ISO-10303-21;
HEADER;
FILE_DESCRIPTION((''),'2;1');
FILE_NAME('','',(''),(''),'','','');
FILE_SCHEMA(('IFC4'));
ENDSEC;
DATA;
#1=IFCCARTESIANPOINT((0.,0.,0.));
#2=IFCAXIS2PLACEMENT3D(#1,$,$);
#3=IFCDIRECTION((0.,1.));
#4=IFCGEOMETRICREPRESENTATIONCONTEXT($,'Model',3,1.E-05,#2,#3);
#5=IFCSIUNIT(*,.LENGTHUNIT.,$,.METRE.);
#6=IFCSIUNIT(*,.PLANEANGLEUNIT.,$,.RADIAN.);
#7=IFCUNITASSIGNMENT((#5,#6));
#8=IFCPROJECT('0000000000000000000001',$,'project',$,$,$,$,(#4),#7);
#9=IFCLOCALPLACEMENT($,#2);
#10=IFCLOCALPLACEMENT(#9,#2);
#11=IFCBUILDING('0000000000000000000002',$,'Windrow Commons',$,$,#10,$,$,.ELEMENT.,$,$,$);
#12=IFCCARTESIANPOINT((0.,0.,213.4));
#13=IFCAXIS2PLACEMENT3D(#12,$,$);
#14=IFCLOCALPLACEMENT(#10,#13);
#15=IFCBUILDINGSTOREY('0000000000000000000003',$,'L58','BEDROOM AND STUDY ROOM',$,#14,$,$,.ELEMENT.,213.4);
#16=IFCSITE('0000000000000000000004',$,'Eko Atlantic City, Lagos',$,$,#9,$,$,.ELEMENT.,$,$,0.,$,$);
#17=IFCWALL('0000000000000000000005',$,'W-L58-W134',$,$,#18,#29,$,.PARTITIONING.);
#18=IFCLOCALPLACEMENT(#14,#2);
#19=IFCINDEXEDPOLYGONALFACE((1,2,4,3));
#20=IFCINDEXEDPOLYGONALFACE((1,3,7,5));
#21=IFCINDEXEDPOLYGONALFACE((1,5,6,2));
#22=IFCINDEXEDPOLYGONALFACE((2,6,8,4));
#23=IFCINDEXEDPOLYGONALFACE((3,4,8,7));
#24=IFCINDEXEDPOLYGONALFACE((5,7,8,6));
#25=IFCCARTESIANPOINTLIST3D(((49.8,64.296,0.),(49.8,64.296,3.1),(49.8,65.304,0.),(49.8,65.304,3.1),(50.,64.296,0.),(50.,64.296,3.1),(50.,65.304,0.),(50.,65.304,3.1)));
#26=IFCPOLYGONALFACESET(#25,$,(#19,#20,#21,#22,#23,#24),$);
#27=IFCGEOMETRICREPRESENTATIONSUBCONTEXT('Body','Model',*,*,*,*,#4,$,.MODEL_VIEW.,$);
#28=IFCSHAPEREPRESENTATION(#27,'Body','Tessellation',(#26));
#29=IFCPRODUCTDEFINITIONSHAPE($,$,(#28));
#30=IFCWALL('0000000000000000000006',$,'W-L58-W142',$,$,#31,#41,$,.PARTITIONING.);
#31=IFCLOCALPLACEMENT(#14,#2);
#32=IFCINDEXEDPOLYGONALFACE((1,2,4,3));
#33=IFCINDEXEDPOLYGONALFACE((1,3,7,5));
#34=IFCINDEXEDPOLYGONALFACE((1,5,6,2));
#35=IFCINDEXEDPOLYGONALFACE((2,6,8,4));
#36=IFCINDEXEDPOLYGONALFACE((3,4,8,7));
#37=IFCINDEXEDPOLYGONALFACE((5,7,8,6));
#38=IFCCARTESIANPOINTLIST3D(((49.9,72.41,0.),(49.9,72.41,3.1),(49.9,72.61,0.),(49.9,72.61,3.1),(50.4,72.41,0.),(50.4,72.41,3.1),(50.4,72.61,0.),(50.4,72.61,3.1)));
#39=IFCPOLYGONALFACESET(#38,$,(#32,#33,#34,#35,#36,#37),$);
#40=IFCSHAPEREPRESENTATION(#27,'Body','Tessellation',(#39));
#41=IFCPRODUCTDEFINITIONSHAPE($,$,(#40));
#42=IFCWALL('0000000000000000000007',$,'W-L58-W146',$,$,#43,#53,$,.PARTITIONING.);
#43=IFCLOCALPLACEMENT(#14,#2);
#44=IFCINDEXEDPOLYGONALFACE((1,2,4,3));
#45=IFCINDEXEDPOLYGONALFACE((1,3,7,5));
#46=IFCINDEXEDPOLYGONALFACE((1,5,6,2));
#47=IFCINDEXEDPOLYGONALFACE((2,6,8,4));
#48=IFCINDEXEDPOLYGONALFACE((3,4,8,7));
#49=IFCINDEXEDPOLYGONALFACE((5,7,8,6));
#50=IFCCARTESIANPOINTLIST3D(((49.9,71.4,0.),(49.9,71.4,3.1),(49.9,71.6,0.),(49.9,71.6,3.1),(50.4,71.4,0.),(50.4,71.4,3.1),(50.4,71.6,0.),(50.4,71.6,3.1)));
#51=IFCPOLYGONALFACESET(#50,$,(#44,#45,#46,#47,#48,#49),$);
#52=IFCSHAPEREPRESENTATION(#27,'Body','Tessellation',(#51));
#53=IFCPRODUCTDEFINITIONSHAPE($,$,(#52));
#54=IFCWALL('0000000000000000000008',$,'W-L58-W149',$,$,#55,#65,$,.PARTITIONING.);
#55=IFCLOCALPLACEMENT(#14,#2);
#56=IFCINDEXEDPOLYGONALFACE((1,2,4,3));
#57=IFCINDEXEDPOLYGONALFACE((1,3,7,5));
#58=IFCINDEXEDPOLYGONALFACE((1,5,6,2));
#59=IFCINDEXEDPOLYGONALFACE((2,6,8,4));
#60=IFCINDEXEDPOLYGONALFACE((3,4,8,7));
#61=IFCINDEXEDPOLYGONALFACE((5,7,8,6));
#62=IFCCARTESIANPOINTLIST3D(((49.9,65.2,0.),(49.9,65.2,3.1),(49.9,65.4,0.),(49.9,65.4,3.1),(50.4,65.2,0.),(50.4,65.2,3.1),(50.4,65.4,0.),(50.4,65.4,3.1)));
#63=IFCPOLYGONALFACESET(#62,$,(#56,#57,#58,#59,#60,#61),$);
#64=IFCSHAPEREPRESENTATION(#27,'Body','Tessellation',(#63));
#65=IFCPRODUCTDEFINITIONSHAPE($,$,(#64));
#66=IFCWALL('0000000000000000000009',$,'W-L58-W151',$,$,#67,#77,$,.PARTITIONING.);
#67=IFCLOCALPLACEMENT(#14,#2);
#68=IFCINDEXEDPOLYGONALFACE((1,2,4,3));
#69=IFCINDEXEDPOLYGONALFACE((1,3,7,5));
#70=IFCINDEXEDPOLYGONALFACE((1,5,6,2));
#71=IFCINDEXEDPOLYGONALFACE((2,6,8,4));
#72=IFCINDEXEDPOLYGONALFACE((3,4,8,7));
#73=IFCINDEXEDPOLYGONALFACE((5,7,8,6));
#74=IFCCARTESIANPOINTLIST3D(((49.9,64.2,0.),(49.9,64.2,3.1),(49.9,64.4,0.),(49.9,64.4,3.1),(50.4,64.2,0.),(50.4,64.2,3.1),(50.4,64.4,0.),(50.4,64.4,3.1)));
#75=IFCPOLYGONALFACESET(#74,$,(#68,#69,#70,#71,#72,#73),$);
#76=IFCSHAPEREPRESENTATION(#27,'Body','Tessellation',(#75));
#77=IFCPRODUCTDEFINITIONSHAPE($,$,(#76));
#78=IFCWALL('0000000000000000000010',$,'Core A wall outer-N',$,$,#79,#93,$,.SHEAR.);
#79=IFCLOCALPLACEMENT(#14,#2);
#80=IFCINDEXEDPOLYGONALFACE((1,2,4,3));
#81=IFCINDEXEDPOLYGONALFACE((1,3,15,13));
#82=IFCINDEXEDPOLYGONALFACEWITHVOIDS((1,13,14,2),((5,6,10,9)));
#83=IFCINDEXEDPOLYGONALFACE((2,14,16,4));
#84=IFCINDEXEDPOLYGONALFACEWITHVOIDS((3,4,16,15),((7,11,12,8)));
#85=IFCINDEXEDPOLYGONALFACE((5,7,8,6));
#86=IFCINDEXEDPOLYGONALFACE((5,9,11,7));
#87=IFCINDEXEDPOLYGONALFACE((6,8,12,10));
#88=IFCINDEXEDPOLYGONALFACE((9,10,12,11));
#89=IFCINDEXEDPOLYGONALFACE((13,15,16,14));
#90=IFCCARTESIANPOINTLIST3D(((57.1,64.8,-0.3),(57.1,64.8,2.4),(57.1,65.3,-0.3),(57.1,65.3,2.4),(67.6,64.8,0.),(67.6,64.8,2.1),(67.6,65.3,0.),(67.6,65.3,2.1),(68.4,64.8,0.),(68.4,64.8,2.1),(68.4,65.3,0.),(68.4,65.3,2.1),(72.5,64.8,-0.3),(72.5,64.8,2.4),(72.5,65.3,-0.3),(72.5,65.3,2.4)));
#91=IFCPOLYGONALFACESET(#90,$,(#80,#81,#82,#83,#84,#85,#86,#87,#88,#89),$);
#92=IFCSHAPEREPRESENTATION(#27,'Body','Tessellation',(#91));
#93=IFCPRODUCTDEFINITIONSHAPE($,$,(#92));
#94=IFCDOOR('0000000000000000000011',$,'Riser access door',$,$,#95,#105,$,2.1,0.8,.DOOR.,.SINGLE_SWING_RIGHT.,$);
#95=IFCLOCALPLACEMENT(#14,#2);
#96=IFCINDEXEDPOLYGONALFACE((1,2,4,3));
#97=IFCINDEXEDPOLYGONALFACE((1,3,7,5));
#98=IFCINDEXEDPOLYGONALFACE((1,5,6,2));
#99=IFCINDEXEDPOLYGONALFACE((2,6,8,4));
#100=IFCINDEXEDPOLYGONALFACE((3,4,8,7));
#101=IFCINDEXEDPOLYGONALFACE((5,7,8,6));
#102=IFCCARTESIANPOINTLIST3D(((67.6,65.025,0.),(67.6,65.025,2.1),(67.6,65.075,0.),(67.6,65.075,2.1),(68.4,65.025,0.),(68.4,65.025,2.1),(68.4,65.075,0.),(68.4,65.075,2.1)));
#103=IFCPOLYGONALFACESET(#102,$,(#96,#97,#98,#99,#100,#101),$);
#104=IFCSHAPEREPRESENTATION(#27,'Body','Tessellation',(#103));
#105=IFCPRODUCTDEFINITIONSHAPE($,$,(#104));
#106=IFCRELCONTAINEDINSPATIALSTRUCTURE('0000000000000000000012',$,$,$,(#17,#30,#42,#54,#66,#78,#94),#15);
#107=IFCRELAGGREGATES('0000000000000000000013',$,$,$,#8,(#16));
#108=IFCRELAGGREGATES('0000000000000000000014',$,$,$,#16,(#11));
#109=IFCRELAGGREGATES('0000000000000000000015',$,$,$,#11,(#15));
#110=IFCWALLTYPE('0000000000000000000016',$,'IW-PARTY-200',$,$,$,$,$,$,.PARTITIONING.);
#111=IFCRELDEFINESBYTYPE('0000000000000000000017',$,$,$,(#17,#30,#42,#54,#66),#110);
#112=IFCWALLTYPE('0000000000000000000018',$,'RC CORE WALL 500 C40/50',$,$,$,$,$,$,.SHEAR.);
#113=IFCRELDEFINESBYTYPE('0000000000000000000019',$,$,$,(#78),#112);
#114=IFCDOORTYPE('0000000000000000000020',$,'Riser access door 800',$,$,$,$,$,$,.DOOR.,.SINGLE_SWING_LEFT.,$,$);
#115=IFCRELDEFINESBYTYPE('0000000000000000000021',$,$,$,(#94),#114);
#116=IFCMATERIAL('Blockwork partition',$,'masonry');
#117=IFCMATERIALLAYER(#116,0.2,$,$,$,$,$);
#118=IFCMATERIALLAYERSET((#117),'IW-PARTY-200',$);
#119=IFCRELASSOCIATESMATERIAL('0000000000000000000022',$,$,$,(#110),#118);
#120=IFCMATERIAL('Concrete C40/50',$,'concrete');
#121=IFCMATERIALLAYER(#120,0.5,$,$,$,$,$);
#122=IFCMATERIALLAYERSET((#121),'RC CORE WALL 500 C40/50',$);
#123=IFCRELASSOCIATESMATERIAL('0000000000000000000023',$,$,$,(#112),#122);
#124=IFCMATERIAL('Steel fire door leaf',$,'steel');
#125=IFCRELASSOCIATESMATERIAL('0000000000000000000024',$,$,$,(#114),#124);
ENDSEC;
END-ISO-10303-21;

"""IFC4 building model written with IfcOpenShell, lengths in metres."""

from ifc_helpers import new_model, si_unit, direction, frame, frame_2d, origin, place, context, subcontext, project, spatial, rectangle, extrude, material, layer, layer_set, type_object, element, fill, save


model = new_model("IFC4")

# Units and contexts
model_context = context("Model", 3, precision=1e-05, world=origin(), true_north=direction((0.0, 1.0)))
body_context = subcontext(model_context, "Body", "Model", "MODEL_VIEW")
ifc_project = project(units=[si_unit("LENGTHUNIT", "METRE"), si_unit("PLANEANGLEUNIT", "RADIAN")], contexts=[model_context])

# Site, building, storey
site_placement = place(None, origin())
site = spatial("IfcSite", under=ifc_project, at=site_placement, Name="Eko Atlantic City, Lagos", CompositionType="ELEMENT", RefElevation=0.0)
building_placement = place(site_placement, origin())
building = spatial("IfcBuilding", under=site, at=building_placement, Name="Windrow Commons", CompositionType="ELEMENT")
storey_placement = place(building_placement, frame((0.0, 0.0, 213.4)))
storey = spatial("IfcBuildingStorey", under=building, at=storey_placement, Name="L58", Description="BEDROOM AND STUDY ROOM", CompositionType="ELEMENT", Elevation=213.4)

# Walls
ifc_material_1 = material(Name="Blockwork partition", Category="masonry")
ifc_layer_1 = layer(ifc_material_1, 0.2)
ifc_layer_set_1 = layer_set([ifc_layer_1], Name="IW-PARTY-200")
wall_type_1 = type_object("IfcWallType", Name="IW-PARTY-200", PredefinedType="PARTITIONING", material=ifc_layer_set_1)
wall_1_placement = place(storey_placement, frame((49.9, 64.296, 0.0), z_axis=(0.0, 0.0, 1.0), x_axis=(0.0, 1.0, 0.0)))
element("IfcWall", 1, at=wall_1_placement, inside=storey, type_object=wall_type_1, Name="W-L58-W134", PredefinedType="PARTITIONING", context=body_context, shape_type="SweptSolid", body=[
    extrude(rectangle(XDim=1.008, YDim=0.2, at=frame_2d((0.504, 0.0))), origin(), (0.0, 0.0, 1.0), 3.1),
])
for number, where, z_axis, x_axis, name in (
    (2, (49.9, 72.51, 0.0), (0.0, 0.0, 1.0), (1.0, 0.0, 0.0), "W-L58-W142"),
    (3, (49.9, 71.5, 0.0), (0.0, 0.0, 1.0), (1.0, 0.0, 0.0), "W-L58-W146"),
    (4, (49.9, 65.3, 0.0), (0.0, 0.0, 1.0), (1.0, 0.0, 0.0), "W-L58-W149"),
    (5, (49.9, 64.3, 0.0), (0.0, 0.0, 1.0), (1.0, 0.0, 0.0), "W-L58-W151"),
):
    element("IfcWall", number, at=place(storey_placement, frame(where, z_axis=z_axis, x_axis=x_axis)), inside=storey, type_object=wall_type_1, Name=name, PredefinedType="PARTITIONING", context=body_context, shape_type="SweptSolid", body=[
        extrude(rectangle(XDim=0.5, YDim=0.2, at=frame_2d((0.25, 0.0))), origin(), (0.0, 0.0, 1.0), 3.1),
    ])

# Wall, opening, door
ifc_material_2 = material(Name="Concrete C40/50", Category="concrete")
ifc_layer_2 = layer(ifc_material_2, 0.5)
ifc_layer_set_2 = layer_set([ifc_layer_2], Name="RC CORE WALL 500 C40/50")
wall_type_2 = type_object("IfcWallType", Name="RC CORE WALL 500 C40/50", PredefinedType="SHEAR", material=ifc_layer_set_2)
wall_2_placement = place(storey_placement, frame((57.1, 65.05, -0.3), z_axis=(0.0, 0.0, 1.0), x_axis=(1.0, 0.0, 0.0)))
wall_2 = element("IfcWall", 6, at=wall_2_placement, inside=storey, type_object=wall_type_2, Name="Core A wall outer-N", PredefinedType="SHEAR", context=body_context, shape_type="SweptSolid", body=[
    extrude(rectangle(XDim=15.4, YDim=0.5, at=frame_2d((7.7, 0.0))), origin(), (0.0, 0.0, 1.0), 2.7),
])
opening_1_placement = place(wall_2_placement, frame((10.5, 0.0, 0.3)))
opening_1 = element("IfcOpeningElement", 7, at=opening_1_placement, cuts=wall_2, PredefinedType="OPENING", context=body_context, shape_type="SweptSolid", body=[
    extrude(rectangle(XDim=0.8, YDim=2.1, at=frame_2d((0.4, 1.05))), frame((0.0, 0.26, 0.0), z_axis=(0.0, -1.0, 0.0), x_axis=(1.0, 0.0, 0.0)), (0.0, 0.0, 1.0), 0.52),
])
ifc_material_3 = material(Name="Steel fire door leaf", Category="steel")
door_type_1 = type_object("IfcDoorType", Name="Riser access door 800", OperationType="SINGLE_SWING_LEFT", PredefinedType="DOOR", material=ifc_material_3)
door_1_placement = place(opening_1_placement, origin())
door_1 = element("IfcDoor", 8, at=door_1_placement, inside=storey, type_object=door_type_1, Name="Riser access door", OperationType="SINGLE_SWING_RIGHT", OverallHeight=2.1, OverallWidth=0.8, PredefinedType="DOOR", context=body_context, shape_type="SweptSolid", body=[
    extrude(rectangle(XDim=0.8, YDim=2.1, at=frame_2d((0.4, 1.05))), frame((0.0, 0.025, 0.0), z_axis=(0.0, -1.0, 0.0), x_axis=(1.0, 0.0, 0.0)), (0.0, 0.0, 1.0), 0.05),
])
fill(opening_1, door_1)

save(model, "model.ifc")
